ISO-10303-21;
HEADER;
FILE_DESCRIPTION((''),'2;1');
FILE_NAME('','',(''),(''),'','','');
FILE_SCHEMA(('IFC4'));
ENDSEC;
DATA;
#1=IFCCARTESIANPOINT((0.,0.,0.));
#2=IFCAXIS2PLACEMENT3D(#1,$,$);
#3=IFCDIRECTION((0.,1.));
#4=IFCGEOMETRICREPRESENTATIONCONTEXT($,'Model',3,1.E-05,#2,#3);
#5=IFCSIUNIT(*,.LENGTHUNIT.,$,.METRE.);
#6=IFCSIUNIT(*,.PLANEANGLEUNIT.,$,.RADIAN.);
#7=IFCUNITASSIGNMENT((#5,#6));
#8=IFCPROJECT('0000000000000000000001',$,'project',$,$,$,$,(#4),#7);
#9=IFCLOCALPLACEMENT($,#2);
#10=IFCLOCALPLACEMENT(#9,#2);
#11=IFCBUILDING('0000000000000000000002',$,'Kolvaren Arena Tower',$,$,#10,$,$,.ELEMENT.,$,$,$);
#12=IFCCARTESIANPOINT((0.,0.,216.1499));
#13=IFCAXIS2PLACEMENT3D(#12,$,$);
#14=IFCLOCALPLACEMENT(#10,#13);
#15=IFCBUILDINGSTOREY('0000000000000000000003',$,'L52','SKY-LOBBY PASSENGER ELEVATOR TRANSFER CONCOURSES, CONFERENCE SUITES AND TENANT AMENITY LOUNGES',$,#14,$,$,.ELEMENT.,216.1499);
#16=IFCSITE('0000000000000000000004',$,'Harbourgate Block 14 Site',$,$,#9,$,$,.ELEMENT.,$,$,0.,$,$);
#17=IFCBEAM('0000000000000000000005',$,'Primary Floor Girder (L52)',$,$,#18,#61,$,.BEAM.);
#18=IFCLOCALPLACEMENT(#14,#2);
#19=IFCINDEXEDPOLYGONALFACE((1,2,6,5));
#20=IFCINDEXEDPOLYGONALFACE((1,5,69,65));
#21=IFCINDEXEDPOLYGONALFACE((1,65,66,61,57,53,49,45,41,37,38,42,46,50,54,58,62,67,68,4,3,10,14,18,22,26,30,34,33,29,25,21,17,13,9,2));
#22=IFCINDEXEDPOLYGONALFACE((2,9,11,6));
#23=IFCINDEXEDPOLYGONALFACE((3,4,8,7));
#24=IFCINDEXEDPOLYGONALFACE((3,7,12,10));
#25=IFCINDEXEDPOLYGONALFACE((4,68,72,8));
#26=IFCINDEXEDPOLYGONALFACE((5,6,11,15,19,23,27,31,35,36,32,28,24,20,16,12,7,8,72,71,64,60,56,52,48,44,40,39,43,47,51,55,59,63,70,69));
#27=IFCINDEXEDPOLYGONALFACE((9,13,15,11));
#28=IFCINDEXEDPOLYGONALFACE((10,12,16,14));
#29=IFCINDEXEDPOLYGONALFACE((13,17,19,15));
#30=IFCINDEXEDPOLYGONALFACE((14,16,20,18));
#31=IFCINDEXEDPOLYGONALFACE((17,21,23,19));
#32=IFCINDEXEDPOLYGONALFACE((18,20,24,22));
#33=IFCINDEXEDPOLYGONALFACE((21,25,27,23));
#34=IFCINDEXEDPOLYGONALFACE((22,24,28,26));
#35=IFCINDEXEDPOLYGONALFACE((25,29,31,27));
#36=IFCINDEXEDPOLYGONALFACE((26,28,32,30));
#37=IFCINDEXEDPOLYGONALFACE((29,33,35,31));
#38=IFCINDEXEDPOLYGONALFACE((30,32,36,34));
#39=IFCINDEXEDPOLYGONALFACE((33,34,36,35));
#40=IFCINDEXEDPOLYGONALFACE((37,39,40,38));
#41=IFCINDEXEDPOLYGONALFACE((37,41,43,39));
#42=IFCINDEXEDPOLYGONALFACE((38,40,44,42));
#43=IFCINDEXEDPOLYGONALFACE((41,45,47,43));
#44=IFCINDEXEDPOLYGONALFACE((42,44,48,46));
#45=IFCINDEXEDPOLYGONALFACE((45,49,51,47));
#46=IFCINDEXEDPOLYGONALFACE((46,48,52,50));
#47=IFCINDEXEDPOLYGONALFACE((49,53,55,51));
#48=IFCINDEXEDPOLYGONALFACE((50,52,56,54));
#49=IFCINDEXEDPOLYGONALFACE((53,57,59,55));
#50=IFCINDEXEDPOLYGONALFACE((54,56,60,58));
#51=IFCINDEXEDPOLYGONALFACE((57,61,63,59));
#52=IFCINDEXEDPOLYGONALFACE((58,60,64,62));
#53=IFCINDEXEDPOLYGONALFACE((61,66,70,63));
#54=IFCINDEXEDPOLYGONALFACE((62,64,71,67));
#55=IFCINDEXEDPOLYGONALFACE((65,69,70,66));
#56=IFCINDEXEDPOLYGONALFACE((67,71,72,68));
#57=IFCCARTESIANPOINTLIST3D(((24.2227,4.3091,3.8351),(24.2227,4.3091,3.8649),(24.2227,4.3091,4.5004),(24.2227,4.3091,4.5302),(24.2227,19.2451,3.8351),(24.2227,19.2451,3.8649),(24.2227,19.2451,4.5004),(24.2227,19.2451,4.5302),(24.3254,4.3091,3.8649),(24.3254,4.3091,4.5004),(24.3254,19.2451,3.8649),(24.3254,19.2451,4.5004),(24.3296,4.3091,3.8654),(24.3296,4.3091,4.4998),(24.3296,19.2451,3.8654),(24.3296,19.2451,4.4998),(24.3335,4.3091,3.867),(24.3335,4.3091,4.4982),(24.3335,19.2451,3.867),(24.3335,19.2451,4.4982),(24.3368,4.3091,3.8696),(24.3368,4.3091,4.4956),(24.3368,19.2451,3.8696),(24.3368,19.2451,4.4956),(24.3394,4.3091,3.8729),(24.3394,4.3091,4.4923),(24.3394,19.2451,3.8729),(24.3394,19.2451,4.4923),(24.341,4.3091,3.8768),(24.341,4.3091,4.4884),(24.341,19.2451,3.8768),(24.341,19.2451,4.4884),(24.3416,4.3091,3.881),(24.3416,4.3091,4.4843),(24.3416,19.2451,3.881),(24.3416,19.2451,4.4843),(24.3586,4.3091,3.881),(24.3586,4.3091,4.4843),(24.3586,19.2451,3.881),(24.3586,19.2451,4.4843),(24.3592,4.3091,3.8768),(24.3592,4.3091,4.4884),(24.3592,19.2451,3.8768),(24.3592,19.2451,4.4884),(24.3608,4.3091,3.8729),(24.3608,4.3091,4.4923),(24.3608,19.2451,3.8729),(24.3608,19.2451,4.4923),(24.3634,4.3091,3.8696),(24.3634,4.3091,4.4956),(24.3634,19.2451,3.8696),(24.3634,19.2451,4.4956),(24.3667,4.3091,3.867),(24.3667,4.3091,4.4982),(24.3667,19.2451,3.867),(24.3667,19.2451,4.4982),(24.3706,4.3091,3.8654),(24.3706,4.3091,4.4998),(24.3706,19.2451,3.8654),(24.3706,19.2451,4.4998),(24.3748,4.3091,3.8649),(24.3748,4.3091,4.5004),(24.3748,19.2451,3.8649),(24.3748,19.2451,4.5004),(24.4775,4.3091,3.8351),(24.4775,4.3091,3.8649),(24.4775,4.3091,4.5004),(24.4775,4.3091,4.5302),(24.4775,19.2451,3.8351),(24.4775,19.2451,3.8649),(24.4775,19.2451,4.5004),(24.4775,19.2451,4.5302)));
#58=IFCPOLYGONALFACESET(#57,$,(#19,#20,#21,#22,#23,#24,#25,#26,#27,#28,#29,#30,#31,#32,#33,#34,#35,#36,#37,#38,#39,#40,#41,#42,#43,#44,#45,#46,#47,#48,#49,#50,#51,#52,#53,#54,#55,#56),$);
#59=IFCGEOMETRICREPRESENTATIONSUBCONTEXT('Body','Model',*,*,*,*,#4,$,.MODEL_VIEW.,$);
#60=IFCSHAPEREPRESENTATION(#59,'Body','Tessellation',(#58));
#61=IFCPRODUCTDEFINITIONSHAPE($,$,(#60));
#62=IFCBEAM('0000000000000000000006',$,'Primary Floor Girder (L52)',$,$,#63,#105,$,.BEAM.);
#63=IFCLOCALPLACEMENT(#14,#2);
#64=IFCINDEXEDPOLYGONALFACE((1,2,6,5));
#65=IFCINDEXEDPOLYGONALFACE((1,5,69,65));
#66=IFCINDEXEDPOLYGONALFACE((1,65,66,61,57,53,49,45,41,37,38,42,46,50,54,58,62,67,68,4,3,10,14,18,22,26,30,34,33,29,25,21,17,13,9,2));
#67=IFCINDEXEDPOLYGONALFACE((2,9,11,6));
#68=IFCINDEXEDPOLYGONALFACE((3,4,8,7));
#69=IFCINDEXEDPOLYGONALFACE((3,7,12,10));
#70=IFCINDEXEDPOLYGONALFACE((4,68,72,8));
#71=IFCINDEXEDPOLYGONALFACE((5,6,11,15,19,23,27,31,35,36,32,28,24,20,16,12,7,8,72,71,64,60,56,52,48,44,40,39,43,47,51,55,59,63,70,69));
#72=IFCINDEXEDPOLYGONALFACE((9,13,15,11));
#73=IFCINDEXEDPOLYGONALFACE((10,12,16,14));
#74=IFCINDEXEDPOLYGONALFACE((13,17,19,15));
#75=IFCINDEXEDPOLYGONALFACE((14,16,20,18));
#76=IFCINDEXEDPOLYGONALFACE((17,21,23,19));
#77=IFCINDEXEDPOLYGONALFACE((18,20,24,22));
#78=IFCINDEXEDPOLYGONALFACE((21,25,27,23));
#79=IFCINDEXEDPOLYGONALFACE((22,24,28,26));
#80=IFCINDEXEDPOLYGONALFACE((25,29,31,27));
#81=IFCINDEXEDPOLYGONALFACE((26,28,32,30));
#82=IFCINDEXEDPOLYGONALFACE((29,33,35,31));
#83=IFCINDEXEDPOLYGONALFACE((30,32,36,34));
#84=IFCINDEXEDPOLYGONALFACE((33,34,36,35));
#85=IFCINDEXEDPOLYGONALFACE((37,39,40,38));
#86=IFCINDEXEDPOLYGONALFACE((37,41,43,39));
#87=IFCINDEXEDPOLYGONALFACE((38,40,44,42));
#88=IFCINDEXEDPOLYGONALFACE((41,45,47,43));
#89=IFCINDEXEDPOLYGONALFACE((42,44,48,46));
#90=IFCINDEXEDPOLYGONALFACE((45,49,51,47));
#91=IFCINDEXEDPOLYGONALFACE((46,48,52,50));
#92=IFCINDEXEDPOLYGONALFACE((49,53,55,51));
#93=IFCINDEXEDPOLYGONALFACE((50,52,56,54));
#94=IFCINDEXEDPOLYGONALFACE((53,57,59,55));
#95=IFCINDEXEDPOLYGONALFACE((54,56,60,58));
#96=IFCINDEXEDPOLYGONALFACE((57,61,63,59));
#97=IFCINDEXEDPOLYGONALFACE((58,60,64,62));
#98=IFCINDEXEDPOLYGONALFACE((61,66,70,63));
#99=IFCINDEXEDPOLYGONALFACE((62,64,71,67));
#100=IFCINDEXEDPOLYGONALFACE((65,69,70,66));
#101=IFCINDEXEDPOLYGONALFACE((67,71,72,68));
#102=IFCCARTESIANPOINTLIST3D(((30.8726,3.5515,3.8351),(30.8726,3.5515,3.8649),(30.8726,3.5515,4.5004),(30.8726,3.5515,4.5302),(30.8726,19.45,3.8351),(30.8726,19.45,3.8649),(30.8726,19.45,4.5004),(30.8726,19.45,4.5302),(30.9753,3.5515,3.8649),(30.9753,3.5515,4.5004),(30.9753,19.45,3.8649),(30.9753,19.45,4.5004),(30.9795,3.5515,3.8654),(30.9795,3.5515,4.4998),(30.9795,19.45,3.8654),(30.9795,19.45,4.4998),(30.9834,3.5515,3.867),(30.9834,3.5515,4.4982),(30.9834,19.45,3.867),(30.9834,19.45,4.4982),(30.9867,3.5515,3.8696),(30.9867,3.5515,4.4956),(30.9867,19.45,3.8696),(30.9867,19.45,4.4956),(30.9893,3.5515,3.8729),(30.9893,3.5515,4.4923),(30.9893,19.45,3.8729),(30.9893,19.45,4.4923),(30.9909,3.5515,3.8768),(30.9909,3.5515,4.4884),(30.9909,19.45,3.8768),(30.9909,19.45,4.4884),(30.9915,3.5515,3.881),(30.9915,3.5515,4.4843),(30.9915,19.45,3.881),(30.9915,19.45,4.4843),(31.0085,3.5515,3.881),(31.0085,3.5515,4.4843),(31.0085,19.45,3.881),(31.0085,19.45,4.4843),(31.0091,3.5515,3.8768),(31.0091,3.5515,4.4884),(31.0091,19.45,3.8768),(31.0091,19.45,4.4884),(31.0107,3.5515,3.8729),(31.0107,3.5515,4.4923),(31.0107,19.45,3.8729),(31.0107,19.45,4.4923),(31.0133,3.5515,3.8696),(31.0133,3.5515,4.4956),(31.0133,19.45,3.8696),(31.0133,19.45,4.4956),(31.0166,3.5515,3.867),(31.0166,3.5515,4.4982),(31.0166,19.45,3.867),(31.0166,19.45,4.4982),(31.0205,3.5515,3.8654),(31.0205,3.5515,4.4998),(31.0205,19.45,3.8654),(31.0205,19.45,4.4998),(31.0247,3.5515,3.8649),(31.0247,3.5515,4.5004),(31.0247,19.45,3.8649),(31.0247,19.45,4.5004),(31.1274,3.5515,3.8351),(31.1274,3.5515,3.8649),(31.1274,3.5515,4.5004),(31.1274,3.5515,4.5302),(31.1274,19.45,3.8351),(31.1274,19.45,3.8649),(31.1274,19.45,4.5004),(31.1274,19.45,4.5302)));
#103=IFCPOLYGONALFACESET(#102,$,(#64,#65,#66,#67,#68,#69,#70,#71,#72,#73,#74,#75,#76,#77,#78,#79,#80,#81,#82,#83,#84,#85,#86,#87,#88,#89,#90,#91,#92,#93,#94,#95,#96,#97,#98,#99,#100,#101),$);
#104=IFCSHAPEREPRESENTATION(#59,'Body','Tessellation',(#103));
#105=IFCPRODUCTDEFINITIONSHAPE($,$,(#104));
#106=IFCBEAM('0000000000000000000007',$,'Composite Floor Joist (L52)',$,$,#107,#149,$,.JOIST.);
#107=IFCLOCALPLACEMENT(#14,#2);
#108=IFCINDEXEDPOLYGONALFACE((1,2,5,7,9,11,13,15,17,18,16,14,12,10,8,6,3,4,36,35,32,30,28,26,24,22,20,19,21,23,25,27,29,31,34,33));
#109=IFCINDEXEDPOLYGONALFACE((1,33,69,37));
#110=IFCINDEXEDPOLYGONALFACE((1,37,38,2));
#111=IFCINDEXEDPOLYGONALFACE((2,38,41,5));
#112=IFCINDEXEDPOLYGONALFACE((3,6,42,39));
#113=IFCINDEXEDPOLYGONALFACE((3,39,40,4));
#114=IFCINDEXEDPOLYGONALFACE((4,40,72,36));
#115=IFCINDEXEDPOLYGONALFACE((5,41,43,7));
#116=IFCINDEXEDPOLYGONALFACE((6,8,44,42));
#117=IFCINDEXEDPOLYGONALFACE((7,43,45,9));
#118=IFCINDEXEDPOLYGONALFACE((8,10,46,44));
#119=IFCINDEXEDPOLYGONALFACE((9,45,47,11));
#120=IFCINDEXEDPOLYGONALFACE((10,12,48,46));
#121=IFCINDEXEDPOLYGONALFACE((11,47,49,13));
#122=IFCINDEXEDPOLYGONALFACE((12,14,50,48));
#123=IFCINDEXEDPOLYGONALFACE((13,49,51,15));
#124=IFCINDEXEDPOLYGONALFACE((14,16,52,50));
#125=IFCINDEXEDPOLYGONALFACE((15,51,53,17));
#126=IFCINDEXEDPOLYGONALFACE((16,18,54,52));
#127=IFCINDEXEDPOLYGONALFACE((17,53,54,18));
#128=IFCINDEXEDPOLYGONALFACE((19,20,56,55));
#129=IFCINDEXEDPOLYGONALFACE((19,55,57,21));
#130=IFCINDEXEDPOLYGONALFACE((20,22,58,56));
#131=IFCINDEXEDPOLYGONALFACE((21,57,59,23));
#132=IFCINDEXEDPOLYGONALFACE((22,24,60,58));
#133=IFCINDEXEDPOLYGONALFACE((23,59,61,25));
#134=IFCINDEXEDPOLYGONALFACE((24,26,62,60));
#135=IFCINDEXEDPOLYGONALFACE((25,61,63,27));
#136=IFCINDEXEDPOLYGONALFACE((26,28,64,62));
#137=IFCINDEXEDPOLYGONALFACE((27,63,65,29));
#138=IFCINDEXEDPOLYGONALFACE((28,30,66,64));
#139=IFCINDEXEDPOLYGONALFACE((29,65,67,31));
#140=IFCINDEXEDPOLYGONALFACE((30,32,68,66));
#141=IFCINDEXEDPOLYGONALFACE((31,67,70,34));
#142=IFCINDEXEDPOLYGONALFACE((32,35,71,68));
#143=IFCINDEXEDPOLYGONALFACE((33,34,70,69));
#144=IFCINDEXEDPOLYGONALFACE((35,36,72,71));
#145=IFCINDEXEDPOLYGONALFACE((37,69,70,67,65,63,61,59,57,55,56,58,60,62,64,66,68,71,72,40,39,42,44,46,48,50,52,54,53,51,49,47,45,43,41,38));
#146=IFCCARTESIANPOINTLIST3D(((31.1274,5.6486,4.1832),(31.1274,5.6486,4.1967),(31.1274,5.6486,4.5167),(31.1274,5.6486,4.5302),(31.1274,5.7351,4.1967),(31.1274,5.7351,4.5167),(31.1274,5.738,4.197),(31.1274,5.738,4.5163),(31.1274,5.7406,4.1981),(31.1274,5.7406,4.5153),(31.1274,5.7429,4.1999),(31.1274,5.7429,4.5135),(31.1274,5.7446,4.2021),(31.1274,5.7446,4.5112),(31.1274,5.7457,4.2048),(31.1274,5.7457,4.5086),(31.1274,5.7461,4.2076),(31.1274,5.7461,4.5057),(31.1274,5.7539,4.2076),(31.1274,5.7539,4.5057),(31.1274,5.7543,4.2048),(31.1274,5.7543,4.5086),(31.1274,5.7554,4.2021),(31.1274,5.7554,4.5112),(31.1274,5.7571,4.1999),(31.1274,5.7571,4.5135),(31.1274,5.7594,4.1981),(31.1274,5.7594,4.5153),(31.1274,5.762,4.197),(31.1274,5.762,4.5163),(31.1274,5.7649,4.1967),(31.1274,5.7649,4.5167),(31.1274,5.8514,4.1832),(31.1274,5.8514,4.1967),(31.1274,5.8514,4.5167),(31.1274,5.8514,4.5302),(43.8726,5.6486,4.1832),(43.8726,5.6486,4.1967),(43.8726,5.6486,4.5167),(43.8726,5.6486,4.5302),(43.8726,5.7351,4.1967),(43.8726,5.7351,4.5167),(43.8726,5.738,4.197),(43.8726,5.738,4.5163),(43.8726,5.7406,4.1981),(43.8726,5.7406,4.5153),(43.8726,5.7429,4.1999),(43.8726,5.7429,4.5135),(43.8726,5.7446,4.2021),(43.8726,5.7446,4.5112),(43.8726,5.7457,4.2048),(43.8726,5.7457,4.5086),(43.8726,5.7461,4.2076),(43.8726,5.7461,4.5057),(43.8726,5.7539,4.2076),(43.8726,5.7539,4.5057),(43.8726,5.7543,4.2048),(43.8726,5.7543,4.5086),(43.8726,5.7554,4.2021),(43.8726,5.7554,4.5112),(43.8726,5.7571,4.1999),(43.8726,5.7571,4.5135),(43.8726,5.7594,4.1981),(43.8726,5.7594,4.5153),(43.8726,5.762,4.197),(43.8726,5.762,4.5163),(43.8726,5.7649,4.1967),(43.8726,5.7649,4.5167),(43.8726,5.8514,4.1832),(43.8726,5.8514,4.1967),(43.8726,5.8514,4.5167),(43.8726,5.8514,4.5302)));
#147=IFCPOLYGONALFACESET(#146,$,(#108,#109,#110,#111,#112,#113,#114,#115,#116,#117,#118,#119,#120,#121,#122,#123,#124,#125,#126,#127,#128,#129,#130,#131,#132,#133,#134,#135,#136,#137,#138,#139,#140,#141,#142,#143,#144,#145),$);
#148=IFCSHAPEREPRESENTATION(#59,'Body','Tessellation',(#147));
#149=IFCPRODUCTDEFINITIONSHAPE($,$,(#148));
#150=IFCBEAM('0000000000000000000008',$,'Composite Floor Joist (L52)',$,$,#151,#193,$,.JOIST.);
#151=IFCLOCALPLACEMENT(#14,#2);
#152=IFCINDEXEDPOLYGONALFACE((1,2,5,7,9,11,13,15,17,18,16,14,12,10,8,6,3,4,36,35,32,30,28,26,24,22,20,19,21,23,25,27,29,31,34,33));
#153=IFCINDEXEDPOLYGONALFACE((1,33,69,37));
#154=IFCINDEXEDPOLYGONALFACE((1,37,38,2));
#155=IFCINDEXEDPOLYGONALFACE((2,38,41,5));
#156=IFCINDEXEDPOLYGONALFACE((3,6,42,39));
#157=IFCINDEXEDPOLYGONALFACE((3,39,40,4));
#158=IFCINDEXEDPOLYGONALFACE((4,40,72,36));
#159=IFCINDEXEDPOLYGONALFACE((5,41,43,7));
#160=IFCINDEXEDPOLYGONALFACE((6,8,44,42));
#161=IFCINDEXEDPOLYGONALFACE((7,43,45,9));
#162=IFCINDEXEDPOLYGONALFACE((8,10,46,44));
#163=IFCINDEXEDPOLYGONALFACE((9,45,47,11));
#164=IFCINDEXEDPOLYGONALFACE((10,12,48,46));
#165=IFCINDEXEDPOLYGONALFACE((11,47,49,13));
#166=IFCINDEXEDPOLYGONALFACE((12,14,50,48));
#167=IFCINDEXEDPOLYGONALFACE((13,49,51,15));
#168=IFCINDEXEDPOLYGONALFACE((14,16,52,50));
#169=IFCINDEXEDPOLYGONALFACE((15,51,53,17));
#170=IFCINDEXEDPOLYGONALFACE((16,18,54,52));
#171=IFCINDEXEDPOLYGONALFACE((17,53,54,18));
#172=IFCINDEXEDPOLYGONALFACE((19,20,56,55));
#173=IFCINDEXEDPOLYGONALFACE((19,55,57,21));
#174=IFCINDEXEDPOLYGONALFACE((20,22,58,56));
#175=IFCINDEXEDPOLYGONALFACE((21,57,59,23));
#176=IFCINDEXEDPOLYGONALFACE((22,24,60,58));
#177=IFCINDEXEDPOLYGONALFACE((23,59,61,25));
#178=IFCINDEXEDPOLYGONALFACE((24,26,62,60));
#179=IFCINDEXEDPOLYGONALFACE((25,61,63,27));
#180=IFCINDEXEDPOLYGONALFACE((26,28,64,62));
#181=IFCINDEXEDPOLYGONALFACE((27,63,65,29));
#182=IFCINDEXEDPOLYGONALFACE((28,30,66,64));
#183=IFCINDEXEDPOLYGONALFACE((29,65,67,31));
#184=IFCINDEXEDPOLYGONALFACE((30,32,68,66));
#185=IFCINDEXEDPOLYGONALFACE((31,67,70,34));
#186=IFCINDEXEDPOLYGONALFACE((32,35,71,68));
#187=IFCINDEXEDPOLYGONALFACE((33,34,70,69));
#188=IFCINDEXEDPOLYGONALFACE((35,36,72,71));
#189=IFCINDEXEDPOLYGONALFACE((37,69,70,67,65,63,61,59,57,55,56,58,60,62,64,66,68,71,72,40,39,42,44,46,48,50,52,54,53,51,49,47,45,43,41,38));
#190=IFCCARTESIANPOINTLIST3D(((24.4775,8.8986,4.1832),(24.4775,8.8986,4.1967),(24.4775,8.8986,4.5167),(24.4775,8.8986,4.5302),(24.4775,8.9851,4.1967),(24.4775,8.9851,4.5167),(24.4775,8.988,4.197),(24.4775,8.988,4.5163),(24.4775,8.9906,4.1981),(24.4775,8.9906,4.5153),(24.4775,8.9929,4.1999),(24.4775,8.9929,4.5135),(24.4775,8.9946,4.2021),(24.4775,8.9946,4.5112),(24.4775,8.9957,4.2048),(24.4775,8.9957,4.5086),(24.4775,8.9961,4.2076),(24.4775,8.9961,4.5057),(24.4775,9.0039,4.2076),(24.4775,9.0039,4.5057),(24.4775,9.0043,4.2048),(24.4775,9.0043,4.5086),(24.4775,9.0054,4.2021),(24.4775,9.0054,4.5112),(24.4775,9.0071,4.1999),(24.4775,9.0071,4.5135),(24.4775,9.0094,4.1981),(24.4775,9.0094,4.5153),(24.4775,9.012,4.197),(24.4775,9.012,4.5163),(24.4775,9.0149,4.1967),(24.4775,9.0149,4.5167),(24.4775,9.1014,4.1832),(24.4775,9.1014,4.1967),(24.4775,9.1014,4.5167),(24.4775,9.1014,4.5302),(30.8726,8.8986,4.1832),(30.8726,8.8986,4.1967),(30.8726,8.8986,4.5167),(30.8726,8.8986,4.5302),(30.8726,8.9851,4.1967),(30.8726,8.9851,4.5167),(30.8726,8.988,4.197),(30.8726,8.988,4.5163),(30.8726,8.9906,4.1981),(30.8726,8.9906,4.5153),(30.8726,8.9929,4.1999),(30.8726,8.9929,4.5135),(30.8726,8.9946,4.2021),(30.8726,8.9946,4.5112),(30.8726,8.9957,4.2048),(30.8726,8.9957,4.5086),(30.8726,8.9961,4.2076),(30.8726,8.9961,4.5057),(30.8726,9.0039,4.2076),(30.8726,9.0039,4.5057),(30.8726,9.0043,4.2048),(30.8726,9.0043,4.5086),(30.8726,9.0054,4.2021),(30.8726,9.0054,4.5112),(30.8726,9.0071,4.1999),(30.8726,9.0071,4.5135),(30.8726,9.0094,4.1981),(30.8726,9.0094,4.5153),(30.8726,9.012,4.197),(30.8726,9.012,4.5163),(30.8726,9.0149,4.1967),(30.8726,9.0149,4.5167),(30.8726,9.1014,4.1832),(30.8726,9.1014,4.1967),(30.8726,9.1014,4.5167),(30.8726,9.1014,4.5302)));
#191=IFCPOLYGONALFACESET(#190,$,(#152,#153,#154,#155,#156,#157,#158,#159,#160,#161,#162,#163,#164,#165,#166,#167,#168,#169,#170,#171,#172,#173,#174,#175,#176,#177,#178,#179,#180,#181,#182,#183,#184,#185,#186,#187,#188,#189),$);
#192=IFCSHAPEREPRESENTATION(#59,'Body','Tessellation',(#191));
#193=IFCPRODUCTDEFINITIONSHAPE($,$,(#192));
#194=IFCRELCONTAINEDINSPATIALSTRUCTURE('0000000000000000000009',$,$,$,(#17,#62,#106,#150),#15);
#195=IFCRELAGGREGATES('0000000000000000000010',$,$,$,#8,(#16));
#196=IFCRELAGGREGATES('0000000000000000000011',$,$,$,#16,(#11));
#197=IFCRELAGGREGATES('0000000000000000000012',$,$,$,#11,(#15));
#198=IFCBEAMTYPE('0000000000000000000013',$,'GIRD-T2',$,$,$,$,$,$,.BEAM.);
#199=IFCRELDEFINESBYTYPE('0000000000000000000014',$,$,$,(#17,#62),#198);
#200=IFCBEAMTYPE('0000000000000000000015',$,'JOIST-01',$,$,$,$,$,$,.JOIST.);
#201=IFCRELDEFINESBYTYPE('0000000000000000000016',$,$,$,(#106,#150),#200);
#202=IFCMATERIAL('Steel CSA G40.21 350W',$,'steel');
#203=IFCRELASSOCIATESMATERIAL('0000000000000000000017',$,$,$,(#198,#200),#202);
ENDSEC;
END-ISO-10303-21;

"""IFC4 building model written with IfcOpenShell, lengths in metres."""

from ifc_helpers import new_model, si_unit, direction, frame, origin, origin_2d, place, context, subcontext, project, spatial, i_section, extrude, material, material_profile, profile_set, type_object, element, save


model = new_model("IFC4")

# Units and contexts
model_context = context("Model", 3, precision=1e-05, world=origin(), true_north=direction((0.0, 1.0)))
body_context = subcontext(model_context, "Body", "Model", "MODEL_VIEW")
ifc_project = project(units=[si_unit("LENGTHUNIT", "METRE"), si_unit("PLANEANGLEUNIT", "RADIAN")], contexts=[model_context])

# Site, building, storey
site_placement = place(None, origin())
site = spatial("IfcSite", under=ifc_project, at=site_placement, Name="Harbourgate Block 14 Site", CompositionType="ELEMENT", RefElevation=0.0)
building_placement = place(site_placement, origin())
building = spatial("IfcBuilding", under=site, at=building_placement, Name="Kolvaren Arena Tower", CompositionType="ELEMENT")
storey_placement = place(building_placement, frame((0.0, 0.0, 216.1499)))
storey = spatial("IfcBuildingStorey", under=building, at=storey_placement, Name="L52", Description="SKY-LOBBY PASSENGER ELEVATOR TRANSFER CONCOURSES, CONFERENCE SUITES AND TENANT AMENITY LOUNGES", CompositionType="ELEMENT", Elevation=216.1499)

# Shared definitions
ifc_material_1 = material(Name="Steel CSA G40.21 350W", Category="steel")

# Beams
ifc_material_profile_1 = material_profile(ifc_material_1, i_section(OverallWidth=0.2549, OverallDepth=0.6951, WebThickness=0.0171, FlangeThickness=0.0298, FilletRadius=0.0161, at=origin_2d()), Name="W690x217")
ifc_profile_set_1 = profile_set([ifc_material_profile_1], Name="Steel CSA G40.21 350W")
beam_type_1 = type_object("IfcBeamType", Name="GIRD-T2", PredefinedType="BEAM", material=ifc_profile_set_1)
beam_1_placement = place(storey_placement, frame((24.3501, 4.3091, 4.1826), z_axis=(0.0, 1.0, 0.0), x_axis=(-1.0, 0.0, 0.0)))
element("IfcBeam", 1, at=beam_1_placement, inside=storey, type_object=beam_type_1, Name="Primary Floor Girder (L52)", PredefinedType="BEAM", context=body_context, shape_type="SweptSolid", body=[
    extrude(i_section(OverallWidth=0.2549, OverallDepth=0.6951, WebThickness=0.0171, FlangeThickness=0.0298, FilletRadius=0.0161, at=origin_2d()), origin(), (0.0, 0.0, 1.0), 14.936),
])
beam_2_placement = place(storey_placement, frame((31.0, 3.5515, 4.1826), z_axis=(0.0, 1.0, 0.0), x_axis=(-1.0, 0.0, 0.0)))
element("IfcBeam", 2, at=beam_2_placement, inside=storey, type_object=beam_type_1, Name="Primary Floor Girder (L52)", PredefinedType="BEAM", context=body_context, shape_type="SweptSolid", body=[
    extrude(i_section(OverallWidth=0.2549, OverallDepth=0.6951, WebThickness=0.0171, FlangeThickness=0.0298, FilletRadius=0.0161, at=origin_2d()), origin(), (0.0, 0.0, 1.0), 15.8984),
])
ifc_material_profile_2 = material_profile(ifc_material_1, i_section(OverallWidth=0.2029, OverallDepth=0.3469, WebThickness=0.0078, FlangeThickness=0.0134, FilletRadius=0.011, at=origin_2d()), Name="W360x64")
ifc_profile_set_2 = profile_set([ifc_material_profile_2], Name="Steel CSA G40.21 350W")
beam_type_2 = type_object("IfcBeamType", Name="JOIST-01", PredefinedType="JOIST", material=ifc_profile_set_2)
beam_3_placement = place(storey_placement, frame((31.1274, 5.75, 4.3567), z_axis=(1.0, 0.0, 0.0), x_axis=(0.0, 1.0, 0.0)))
element("IfcBeam", 3, at=beam_3_placement, inside=storey, type_object=beam_type_2, Name="Composite Floor Joist (L52)", PredefinedType="JOIST", context=body_context, shape_type="SweptSolid", body=[
    extrude(i_section(OverallWidth=0.2029, OverallDepth=0.3469, WebThickness=0.0078, FlangeThickness=0.0134, FilletRadius=0.011, at=origin_2d()), origin(), (0.0, 0.0, 1.0), 12.7451),
])
beam_4_placement = place(storey_placement, frame((24.4775, 9.0, 4.3567), z_axis=(1.0, 0.0, 0.0), x_axis=(0.0, 1.0, 0.0)))
element("IfcBeam", 4, at=beam_4_placement, inside=storey, type_object=beam_type_2, Name="Composite Floor Joist (L52)", PredefinedType="JOIST", context=body_context, shape_type="SweptSolid", body=[
    extrude(i_section(OverallWidth=0.2029, OverallDepth=0.3469, WebThickness=0.0078, FlangeThickness=0.0134, FilletRadius=0.011, at=origin_2d()), origin(), (0.0, 0.0, 1.0), 6.395),
])

save(model, "model.ifc")
